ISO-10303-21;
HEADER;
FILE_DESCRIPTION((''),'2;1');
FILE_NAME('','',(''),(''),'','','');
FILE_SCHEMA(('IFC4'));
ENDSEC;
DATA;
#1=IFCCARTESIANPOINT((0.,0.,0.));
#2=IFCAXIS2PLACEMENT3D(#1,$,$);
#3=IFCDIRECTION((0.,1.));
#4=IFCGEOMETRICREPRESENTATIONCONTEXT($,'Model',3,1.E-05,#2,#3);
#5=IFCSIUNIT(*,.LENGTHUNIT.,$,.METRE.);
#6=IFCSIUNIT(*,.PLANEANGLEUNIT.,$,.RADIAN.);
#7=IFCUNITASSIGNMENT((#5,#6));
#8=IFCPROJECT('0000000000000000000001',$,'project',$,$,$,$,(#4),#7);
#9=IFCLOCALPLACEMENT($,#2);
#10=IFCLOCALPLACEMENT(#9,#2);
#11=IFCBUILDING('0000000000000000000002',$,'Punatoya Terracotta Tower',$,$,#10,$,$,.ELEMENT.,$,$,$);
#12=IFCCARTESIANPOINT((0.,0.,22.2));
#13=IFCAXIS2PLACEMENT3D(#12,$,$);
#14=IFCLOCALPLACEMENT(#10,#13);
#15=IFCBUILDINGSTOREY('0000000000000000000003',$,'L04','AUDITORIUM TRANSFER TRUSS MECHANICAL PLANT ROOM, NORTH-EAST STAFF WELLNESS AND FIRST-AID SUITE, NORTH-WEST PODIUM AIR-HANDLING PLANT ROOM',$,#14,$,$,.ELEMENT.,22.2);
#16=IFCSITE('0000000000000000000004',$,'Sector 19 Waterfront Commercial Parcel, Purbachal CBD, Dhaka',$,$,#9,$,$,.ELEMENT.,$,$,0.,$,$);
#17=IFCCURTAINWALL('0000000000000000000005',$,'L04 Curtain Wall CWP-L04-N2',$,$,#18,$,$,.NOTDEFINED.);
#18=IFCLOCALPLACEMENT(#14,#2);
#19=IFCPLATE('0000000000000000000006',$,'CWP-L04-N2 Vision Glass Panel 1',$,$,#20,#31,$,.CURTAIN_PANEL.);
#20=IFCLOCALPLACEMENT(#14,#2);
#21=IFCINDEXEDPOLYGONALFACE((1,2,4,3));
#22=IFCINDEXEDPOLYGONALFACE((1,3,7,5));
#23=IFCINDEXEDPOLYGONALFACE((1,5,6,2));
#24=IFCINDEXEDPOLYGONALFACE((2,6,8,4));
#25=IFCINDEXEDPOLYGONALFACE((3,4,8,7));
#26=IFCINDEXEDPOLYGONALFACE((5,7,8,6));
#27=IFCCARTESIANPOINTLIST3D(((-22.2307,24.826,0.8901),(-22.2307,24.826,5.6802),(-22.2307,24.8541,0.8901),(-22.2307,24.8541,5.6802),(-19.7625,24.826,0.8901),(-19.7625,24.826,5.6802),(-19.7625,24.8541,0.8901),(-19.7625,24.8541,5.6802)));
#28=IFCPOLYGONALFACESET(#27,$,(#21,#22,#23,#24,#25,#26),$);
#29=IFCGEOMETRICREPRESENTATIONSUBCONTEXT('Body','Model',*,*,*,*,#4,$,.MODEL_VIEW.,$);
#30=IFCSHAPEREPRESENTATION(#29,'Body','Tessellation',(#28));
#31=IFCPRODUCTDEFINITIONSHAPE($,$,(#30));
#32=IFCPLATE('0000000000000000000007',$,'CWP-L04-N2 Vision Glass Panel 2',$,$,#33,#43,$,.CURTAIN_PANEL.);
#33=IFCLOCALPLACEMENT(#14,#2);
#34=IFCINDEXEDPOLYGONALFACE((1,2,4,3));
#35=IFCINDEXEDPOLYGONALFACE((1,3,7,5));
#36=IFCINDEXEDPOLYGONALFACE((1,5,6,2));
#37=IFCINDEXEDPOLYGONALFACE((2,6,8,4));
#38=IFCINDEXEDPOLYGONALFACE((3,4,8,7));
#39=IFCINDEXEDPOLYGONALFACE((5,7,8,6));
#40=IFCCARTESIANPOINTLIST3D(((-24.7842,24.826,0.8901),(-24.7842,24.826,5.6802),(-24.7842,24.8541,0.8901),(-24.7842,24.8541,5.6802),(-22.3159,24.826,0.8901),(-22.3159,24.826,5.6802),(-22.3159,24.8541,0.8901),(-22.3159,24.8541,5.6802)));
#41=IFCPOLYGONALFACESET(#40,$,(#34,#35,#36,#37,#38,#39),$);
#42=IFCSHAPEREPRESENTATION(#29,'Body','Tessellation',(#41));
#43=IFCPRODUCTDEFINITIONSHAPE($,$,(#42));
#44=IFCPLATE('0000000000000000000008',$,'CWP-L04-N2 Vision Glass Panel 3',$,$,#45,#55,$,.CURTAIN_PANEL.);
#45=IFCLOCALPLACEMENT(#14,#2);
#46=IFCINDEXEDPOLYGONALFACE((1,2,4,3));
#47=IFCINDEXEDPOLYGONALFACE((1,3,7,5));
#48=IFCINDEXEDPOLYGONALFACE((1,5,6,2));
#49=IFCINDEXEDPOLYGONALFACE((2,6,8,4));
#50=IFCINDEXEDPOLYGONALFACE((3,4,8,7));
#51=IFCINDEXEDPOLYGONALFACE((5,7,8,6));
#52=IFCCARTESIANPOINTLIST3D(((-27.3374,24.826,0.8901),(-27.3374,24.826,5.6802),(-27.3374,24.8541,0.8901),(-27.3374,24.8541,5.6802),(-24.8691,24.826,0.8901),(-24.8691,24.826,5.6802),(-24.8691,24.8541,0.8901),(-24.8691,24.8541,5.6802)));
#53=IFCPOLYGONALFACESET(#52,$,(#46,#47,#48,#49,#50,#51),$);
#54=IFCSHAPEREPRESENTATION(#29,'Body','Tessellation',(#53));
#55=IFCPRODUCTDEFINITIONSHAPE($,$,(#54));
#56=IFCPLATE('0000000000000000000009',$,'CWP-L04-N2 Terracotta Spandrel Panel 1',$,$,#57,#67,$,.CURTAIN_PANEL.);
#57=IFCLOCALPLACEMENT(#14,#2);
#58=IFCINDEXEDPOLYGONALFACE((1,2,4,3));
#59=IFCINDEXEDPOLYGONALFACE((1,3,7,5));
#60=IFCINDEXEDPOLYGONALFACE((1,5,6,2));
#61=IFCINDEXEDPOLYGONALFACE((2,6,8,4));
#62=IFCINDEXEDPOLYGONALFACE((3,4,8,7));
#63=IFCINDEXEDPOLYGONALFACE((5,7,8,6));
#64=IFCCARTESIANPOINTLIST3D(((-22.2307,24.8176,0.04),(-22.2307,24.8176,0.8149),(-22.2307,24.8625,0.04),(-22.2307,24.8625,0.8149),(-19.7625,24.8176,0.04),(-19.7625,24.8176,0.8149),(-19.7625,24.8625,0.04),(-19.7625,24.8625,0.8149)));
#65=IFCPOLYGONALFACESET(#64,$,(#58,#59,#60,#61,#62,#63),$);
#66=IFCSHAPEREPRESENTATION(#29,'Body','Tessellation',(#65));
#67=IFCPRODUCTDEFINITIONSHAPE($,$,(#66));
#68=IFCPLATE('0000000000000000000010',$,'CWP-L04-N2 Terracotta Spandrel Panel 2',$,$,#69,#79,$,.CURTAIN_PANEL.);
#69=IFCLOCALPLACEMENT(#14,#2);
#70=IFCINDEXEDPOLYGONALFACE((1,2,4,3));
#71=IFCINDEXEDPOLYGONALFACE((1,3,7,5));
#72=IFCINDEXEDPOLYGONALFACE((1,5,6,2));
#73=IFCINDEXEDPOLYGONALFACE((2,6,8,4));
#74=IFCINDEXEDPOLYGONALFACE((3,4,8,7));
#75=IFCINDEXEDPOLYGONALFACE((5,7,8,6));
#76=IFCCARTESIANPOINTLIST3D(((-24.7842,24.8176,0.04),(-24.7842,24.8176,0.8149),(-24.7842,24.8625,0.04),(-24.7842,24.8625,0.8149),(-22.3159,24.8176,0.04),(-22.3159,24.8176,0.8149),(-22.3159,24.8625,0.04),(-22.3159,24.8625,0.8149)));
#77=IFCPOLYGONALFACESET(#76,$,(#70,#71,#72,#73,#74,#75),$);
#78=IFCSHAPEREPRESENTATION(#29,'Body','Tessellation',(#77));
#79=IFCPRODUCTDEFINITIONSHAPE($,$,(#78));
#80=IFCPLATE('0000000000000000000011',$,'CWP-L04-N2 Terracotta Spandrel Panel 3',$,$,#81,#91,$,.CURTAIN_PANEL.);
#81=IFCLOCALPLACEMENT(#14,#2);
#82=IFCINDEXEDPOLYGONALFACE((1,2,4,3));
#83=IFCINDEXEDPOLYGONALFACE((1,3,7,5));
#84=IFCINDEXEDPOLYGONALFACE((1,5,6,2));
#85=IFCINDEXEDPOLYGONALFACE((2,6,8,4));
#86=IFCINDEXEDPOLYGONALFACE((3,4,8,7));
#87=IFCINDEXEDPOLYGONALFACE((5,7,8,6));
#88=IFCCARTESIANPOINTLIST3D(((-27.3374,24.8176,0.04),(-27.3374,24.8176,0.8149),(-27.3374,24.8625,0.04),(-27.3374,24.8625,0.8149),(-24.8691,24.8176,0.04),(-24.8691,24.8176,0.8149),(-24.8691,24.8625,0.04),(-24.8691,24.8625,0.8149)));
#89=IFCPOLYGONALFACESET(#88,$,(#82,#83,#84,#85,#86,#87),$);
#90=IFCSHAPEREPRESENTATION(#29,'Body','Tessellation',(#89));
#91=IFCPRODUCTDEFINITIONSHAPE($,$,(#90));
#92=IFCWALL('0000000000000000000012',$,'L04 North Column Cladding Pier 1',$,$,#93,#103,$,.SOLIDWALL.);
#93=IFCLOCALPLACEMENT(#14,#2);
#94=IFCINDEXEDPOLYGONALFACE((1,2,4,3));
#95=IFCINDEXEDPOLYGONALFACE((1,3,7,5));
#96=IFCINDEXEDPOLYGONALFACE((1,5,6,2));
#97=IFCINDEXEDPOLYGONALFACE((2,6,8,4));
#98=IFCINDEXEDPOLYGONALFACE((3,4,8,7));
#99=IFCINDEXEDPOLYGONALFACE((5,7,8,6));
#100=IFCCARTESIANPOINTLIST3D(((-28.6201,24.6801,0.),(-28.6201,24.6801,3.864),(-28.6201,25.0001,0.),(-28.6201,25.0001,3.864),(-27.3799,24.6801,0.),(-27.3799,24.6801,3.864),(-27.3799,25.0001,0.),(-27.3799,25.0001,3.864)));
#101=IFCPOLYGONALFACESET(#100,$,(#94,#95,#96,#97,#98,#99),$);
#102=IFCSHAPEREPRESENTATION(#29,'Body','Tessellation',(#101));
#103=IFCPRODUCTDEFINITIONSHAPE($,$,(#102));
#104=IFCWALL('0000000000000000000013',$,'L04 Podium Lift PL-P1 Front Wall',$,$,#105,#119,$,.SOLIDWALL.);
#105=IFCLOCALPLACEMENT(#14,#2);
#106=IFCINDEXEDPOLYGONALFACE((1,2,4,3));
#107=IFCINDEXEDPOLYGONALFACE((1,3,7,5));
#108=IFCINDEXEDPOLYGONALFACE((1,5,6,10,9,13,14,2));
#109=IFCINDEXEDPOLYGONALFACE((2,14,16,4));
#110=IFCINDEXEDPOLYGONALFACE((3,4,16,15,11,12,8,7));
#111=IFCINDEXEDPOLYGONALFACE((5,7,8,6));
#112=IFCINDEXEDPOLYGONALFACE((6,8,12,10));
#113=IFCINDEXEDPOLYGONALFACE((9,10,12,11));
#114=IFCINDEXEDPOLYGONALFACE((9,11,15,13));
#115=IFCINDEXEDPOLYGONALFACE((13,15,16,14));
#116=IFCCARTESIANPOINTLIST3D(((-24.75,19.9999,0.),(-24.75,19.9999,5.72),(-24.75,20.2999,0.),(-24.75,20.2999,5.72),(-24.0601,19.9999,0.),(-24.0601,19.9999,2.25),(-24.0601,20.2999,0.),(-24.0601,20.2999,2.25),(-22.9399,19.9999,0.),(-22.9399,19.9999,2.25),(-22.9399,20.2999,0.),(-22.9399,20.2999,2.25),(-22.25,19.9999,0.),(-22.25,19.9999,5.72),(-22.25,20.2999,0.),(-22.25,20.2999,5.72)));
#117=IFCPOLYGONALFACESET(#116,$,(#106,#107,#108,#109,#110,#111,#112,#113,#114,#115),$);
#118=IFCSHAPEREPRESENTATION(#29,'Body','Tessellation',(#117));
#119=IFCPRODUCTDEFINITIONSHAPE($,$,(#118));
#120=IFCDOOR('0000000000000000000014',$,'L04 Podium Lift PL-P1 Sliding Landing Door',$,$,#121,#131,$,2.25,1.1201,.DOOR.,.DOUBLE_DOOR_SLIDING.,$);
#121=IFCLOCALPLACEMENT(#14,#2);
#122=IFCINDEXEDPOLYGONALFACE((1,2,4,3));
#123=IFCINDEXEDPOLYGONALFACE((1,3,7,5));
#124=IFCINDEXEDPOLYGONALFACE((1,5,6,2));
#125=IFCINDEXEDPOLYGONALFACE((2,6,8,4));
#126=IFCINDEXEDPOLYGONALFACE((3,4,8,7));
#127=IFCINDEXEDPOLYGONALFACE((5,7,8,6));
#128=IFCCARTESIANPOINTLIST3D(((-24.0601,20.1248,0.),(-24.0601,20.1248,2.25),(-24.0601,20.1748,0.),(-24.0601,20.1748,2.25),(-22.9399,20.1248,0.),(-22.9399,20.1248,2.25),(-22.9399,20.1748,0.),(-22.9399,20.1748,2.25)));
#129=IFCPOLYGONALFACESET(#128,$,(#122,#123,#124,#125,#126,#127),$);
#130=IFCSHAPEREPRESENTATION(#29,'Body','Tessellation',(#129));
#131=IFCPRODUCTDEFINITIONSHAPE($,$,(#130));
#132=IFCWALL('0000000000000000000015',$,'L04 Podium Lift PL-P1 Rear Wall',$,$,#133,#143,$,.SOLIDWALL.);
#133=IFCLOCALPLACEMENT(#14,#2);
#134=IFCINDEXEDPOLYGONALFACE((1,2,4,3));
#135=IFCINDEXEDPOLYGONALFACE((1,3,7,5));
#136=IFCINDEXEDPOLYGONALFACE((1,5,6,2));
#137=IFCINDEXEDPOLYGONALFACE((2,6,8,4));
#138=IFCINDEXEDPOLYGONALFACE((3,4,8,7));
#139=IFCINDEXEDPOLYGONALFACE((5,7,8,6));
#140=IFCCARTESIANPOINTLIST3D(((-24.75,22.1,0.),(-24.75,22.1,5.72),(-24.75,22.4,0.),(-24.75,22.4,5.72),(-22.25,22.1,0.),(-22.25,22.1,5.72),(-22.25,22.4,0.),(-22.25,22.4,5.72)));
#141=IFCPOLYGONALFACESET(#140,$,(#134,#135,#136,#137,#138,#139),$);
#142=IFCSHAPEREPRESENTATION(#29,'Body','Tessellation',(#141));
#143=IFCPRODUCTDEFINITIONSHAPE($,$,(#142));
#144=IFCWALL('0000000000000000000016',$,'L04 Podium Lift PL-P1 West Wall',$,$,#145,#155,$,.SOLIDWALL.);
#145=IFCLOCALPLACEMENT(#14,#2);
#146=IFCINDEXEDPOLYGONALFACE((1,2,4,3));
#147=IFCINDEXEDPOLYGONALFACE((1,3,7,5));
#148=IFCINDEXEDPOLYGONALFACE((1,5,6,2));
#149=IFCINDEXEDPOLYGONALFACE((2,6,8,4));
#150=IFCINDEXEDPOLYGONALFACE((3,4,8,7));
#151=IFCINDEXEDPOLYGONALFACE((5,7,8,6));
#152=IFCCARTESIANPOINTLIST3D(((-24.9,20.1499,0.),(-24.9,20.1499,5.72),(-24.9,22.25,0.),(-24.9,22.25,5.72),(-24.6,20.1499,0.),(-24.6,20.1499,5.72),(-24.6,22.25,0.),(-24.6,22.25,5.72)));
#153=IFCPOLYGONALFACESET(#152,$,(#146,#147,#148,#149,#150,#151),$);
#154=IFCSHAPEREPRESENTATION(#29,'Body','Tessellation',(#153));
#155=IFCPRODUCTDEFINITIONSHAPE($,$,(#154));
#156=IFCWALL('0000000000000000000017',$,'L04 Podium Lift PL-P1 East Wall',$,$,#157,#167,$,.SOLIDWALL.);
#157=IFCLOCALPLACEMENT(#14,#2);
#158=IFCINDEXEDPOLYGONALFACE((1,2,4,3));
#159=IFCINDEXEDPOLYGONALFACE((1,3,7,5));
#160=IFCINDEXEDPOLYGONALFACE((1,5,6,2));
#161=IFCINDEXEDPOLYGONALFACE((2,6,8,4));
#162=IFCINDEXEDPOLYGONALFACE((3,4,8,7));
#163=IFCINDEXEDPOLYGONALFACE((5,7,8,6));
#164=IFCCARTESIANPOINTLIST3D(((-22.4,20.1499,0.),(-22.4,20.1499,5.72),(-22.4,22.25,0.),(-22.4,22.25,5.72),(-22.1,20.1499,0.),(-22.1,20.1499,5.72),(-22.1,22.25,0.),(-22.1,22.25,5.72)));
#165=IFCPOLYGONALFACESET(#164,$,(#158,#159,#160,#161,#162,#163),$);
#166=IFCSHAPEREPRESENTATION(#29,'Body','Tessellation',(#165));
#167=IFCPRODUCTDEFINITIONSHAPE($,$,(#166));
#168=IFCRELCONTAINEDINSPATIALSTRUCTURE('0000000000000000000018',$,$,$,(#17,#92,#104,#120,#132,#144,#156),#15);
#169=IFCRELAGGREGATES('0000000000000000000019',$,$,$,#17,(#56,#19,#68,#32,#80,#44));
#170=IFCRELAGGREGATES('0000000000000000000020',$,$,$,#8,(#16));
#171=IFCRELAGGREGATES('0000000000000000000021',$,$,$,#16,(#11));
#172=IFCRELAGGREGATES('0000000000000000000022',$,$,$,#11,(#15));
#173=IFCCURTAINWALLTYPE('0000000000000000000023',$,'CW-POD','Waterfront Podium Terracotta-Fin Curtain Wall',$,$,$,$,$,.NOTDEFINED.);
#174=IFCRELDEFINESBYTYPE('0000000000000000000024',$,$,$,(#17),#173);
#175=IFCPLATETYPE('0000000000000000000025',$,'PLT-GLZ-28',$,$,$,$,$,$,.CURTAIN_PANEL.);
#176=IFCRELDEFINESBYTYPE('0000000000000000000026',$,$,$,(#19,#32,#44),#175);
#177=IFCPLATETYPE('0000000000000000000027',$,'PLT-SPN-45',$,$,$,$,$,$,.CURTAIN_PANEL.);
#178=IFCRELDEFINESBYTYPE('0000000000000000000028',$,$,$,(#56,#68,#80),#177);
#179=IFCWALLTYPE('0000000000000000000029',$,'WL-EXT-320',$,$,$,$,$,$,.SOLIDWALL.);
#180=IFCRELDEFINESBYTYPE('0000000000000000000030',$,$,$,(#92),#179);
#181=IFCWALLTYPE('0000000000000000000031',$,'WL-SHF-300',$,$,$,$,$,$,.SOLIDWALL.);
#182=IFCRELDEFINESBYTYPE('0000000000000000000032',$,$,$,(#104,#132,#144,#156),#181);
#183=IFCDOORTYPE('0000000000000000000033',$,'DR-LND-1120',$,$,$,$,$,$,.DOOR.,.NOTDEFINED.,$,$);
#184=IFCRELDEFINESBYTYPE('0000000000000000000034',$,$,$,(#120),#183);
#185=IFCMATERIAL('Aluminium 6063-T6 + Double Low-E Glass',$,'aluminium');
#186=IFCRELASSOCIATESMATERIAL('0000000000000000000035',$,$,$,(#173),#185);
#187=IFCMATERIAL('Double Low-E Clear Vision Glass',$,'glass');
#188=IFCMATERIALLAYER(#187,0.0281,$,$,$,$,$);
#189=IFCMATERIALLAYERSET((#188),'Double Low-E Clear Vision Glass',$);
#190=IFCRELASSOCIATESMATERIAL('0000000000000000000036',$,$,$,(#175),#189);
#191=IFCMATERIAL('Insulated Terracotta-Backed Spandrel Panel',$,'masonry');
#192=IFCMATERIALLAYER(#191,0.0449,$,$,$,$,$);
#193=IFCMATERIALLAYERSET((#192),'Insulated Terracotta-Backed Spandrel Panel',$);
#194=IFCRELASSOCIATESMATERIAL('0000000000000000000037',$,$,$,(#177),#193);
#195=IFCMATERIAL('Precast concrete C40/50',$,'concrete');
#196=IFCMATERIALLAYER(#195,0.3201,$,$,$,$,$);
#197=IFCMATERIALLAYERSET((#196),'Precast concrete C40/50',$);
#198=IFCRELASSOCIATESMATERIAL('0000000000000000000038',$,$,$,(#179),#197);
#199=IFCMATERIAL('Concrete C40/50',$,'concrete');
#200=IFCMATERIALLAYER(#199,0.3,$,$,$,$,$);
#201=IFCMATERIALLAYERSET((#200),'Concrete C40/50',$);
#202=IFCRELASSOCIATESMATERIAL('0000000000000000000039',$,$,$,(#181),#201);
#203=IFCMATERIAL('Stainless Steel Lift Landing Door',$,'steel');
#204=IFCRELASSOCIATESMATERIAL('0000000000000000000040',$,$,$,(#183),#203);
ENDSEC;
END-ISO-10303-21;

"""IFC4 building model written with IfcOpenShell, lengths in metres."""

from ifc_helpers import new_model, si_unit, direction, frame, frame_2d, origin, origin_2d, place, context, subcontext, project, spatial, rectangle, extrude, material, layer, layer_set, type_object, element, fill, aggregate, save


model = new_model("IFC4")

# Units and contexts
model_context = context("Model", 3, precision=1e-05, world=origin(), true_north=direction((0.0, 1.0)))
body_context = subcontext(model_context, "Body", "Model", "MODEL_VIEW")
ifc_project = project(units=[si_unit("LENGTHUNIT", "METRE"), si_unit("PLANEANGLEUNIT", "RADIAN")], contexts=[model_context])

# Site, building, storey
site_placement = place(None, origin())
site = spatial("IfcSite", under=ifc_project, at=site_placement, Name="Sector 19 Waterfront Commercial Parcel, Purbachal CBD, Dhaka", CompositionType="ELEMENT", RefElevation=0.0)
building_placement = place(site_placement, origin())
building = spatial("IfcBuilding", under=site, at=building_placement, Name="Punatoya Terracotta Tower", CompositionType="ELEMENT")
storey_placement = place(building_placement, frame((0.0, 0.0, 22.2)))
storey = spatial("IfcBuildingStorey", under=building, at=storey_placement, Name="L04", Description="AUDITORIUM TRANSFER TRUSS MECHANICAL PLANT ROOM, NORTH-EAST STAFF WELLNESS AND FIRST-AID SUITE, NORTH-WEST PODIUM AIR-HANDLING PLANT ROOM", CompositionType="ELEMENT", Elevation=22.2)

# Curtain wall, plates
ifc_material_1 = material(Name="Aluminium 6063-T6 + Double Low-E Glass", Category="aluminium")
curtain_wall_type = type_object("IfcCurtainWallType", Name="CW-POD", Description="Waterfront Podium Terracotta-Fin Curtain Wall", PredefinedType="NOTDEFINED", material=ifc_material_1)
curtain_wall_placement = place(storey_placement, origin())
curtain_wall = element("IfcCurtainWall", 1, at=curtain_wall_placement, inside=storey, type_object=curtain_wall_type, Name="L04 Curtain Wall CWP-L04-N2", PredefinedType="NOTDEFINED")
ifc_material_2 = material(Name="Double Low-E Clear Vision Glass", Category="glass")
ifc_layer_1 = layer(ifc_material_2, 0.0281)
ifc_layer_set_1 = layer_set([ifc_layer_1], Name="Double Low-E Clear Vision Glass")
plate_type_1 = type_object("IfcPlateType", Name="PLT-GLZ-28", PredefinedType="CURTAIN_PANEL", material=ifc_layer_set_1)
plate_1_placement = place(storey_placement, frame((-20.9966, 24.8401, 0.8901), z_axis=(0.0, 0.0, 1.0), x_axis=(-1.0, 0.0, 0.0)))
plate_1 = element("IfcPlate", 2, at=plate_1_placement, type_object=plate_type_1, Name="CWP-L04-N2 Vision Glass Panel 1", PredefinedType="CURTAIN_PANEL", context=body_context, shape_type="SweptSolid", body=[
    extrude(rectangle(XDim=2.4683, YDim=0.0281, at=origin_2d()), origin(), (0.0, 0.0, 1.0), 4.79),
])
plate_2_placement = place(storey_placement, frame((-23.55, 24.8401, 0.8901), z_axis=(0.0, 0.0, 1.0), x_axis=(-1.0, 0.0, 0.0)))
plate_2 = element("IfcPlate", 3, at=plate_2_placement, type_object=plate_type_1, Name="CWP-L04-N2 Vision Glass Panel 2", PredefinedType="CURTAIN_PANEL", context=body_context, shape_type="SweptSolid", body=[
    extrude(rectangle(XDim=2.4683, YDim=0.0281, at=origin_2d()), origin(), (0.0, 0.0, 1.0), 4.79),
])
plate_3_placement = place(storey_placement, frame((-26.1033, 24.8401, 0.8901), z_axis=(0.0, 0.0, 1.0), x_axis=(-1.0, 0.0, 0.0)))
plate_3 = element("IfcPlate", 4, at=plate_3_placement, type_object=plate_type_1, Name="CWP-L04-N2 Vision Glass Panel 3", PredefinedType="CURTAIN_PANEL", context=body_context, shape_type="SweptSolid", body=[
    extrude(rectangle(XDim=2.4683, YDim=0.0281, at=origin_2d()), origin(), (0.0, 0.0, 1.0), 4.79),
])
ifc_material_3 = material(Name="Insulated Terracotta-Backed Spandrel Panel", Category="masonry")
ifc_layer_2 = layer(ifc_material_3, 0.0449)
ifc_layer_set_2 = layer_set([ifc_layer_2], Name="Insulated Terracotta-Backed Spandrel Panel")
plate_type_2 = type_object("IfcPlateType", Name="PLT-SPN-45", PredefinedType="CURTAIN_PANEL", material=ifc_layer_set_2)
plate_4_placement = place(storey_placement, frame((-20.9966, 24.8401, 0.04), z_axis=(0.0, 0.0, 1.0), x_axis=(-1.0, 0.0, 0.0)))
plate_4 = element("IfcPlate", 5, at=plate_4_placement, type_object=plate_type_2, Name="CWP-L04-N2 Terracotta Spandrel Panel 1", PredefinedType="CURTAIN_PANEL", context=body_context, shape_type="SweptSolid", body=[
    extrude(rectangle(XDim=2.4683, YDim=0.0449, at=origin_2d()), origin(), (0.0, 0.0, 1.0), 0.7749),
])
plate_5_placement = place(storey_placement, frame((-23.55, 24.8401, 0.04), z_axis=(0.0, 0.0, 1.0), x_axis=(-1.0, 0.0, 0.0)))
plate_5 = element("IfcPlate", 6, at=plate_5_placement, type_object=plate_type_2, Name="CWP-L04-N2 Terracotta Spandrel Panel 2", PredefinedType="CURTAIN_PANEL", context=body_context, shape_type="SweptSolid", body=[
    extrude(rectangle(XDim=2.4683, YDim=0.0449, at=origin_2d()), origin(), (0.0, 0.0, 1.0), 0.7749),
])
plate_6_placement = place(storey_placement, frame((-26.1033, 24.8401, 0.04), z_axis=(0.0, 0.0, 1.0), x_axis=(-1.0, 0.0, 0.0)))
plate_6 = element("IfcPlate", 7, at=plate_6_placement, type_object=plate_type_2, Name="CWP-L04-N2 Terracotta Spandrel Panel 3", PredefinedType="CURTAIN_PANEL", context=body_context, shape_type="SweptSolid", body=[
    extrude(rectangle(XDim=2.4683, YDim=0.0449, at=origin_2d()), origin(), (0.0, 0.0, 1.0), 0.7749),
])
aggregate(curtain_wall, [plate_4, plate_1, plate_5, plate_2, plate_6, plate_3])

# Wall
ifc_material_4 = material(Name="Precast concrete C40/50", Category="concrete")
ifc_layer_3 = layer(ifc_material_4, 0.3201)
ifc_layer_set_3 = layer_set([ifc_layer_3], Name="Precast concrete C40/50")
wall_type_1 = type_object("IfcWallType", Name="WL-EXT-320", PredefinedType="SOLIDWALL", material=ifc_layer_set_3)
wall_1_placement = place(storey_placement, frame((-27.3799, 24.8401, 0.0), z_axis=(0.0, 0.0, 1.0), x_axis=(-1.0, 0.0, 0.0)))
element("IfcWall", 8, at=wall_1_placement, inside=storey, type_object=wall_type_1, Name="L04 North Column Cladding Pier 1", PredefinedType="SOLIDWALL", context=body_context, shape_type="SweptSolid", body=[
    extrude(rectangle(XDim=1.2402, YDim=0.3201, at=frame_2d((0.6201, 0.0))), origin(), (0.0, 0.0, 1.0), 3.864),
])

# Wall, opening, door
ifc_material_5 = material(Name="Concrete C40/50", Category="concrete")
ifc_layer_4 = layer(ifc_material_5, 0.3)
ifc_layer_set_4 = layer_set([ifc_layer_4], Name="Concrete C40/50")
wall_type_2 = type_object("IfcWallType", Name="WL-SHF-300", PredefinedType="SOLIDWALL", material=ifc_layer_set_4)
wall_2_placement = place(storey_placement, frame((-24.75, 20.1499, 0.0), z_axis=(0.0, 0.0, 1.0), x_axis=(1.0, 0.0, 0.0)))
wall_2 = element("IfcWall", 9, at=wall_2_placement, inside=storey, type_object=wall_type_2, Name="L04 Podium Lift PL-P1 Front Wall", PredefinedType="SOLIDWALL", context=body_context, shape_type="SweptSolid", body=[
    extrude(rectangle(XDim=2.5, YDim=0.3, at=frame_2d((1.25, 0.0))), origin(), (0.0, 0.0, 1.0), 5.72),
])
opening_placement = place(wall_2_placement, frame((0.6899, 0.0, 0.0)))
opening = element("IfcOpeningElement", 10, at=opening_placement, cuts=wall_2, PredefinedType="OPENING", context=body_context, shape_type="SweptSolid", body=[
    extrude(rectangle(XDim=1.1201, YDim=2.25, at=frame_2d((0.5601, 1.125))), frame((0.0, 0.1599, 0.0), z_axis=(0.0, -1.0, 0.0), x_axis=(1.0, 0.0, 0.0)), (0.0, 0.0, 1.0), 0.3201),
])
ifc_material_6 = material(Name="Stainless Steel Lift Landing Door", Category="steel")
door_type = type_object("IfcDoorType", Name="DR-LND-1120", OperationType="NOTDEFINED", PredefinedType="DOOR", material=ifc_material_6)
door_placement = place(opening_placement, origin())
door = element("IfcDoor", 11, at=door_placement, inside=storey, type_object=door_type, Name="L04 Podium Lift PL-P1 Sliding Landing Door", OperationType="DOUBLE_DOOR_SLIDING", OverallHeight=2.25, OverallWidth=1.1201, PredefinedType="DOOR", context=body_context, shape_type="SweptSolid", body=[
    extrude(rectangle(XDim=1.1201, YDim=2.25, at=frame_2d((0.5601, 1.125))), frame((0.0, 0.0249, 0.0), z_axis=(0.0, -1.0, 0.0), x_axis=(1.0, 0.0, 0.0)), (0.0, 0.0, 1.0), 0.05),
])
fill(opening, door)

# Walls
wall_3_placement = place(storey_placement, frame((-24.75, 22.25, 0.0), z_axis=(0.0, 0.0, 1.0), x_axis=(1.0, 0.0, 0.0)))
element("IfcWall", 12, at=wall_3_placement, inside=storey, type_object=wall_type_2, Name="L04 Podium Lift PL-P1 Rear Wall", PredefinedType="SOLIDWALL", context=body_context, shape_type="SweptSolid", body=[
    extrude(rectangle(XDim=2.5, YDim=0.3, at=frame_2d((1.25, 0.0))), origin(), (0.0, 0.0, 1.0), 5.72),
])
for number, where, z_axis, x_axis, name in (
    (13, (-24.75, 20.1499, 0.0), (0.0, 0.0, 1.0), (0.0, 1.0, 0.0), "L04 Podium Lift PL-P1 West Wall"),
    (14, (-22.25, 20.1499, 0.0), (0.0, 0.0, 1.0), (0.0, 1.0, 0.0), "L04 Podium Lift PL-P1 East Wall"),
):
    element("IfcWall", number, at=place(storey_placement, frame(where, z_axis=z_axis, x_axis=x_axis)), inside=storey, type_object=wall_type_2, Name=name, PredefinedType="SOLIDWALL", context=body_context, shape_type="SweptSolid", body=[
        extrude(rectangle(XDim=2.1001, YDim=0.3, at=frame_2d((1.05, 0.0))), origin(), (0.0, 0.0, 1.0), 5.72),
    ])

save(model, "model.ifc")
